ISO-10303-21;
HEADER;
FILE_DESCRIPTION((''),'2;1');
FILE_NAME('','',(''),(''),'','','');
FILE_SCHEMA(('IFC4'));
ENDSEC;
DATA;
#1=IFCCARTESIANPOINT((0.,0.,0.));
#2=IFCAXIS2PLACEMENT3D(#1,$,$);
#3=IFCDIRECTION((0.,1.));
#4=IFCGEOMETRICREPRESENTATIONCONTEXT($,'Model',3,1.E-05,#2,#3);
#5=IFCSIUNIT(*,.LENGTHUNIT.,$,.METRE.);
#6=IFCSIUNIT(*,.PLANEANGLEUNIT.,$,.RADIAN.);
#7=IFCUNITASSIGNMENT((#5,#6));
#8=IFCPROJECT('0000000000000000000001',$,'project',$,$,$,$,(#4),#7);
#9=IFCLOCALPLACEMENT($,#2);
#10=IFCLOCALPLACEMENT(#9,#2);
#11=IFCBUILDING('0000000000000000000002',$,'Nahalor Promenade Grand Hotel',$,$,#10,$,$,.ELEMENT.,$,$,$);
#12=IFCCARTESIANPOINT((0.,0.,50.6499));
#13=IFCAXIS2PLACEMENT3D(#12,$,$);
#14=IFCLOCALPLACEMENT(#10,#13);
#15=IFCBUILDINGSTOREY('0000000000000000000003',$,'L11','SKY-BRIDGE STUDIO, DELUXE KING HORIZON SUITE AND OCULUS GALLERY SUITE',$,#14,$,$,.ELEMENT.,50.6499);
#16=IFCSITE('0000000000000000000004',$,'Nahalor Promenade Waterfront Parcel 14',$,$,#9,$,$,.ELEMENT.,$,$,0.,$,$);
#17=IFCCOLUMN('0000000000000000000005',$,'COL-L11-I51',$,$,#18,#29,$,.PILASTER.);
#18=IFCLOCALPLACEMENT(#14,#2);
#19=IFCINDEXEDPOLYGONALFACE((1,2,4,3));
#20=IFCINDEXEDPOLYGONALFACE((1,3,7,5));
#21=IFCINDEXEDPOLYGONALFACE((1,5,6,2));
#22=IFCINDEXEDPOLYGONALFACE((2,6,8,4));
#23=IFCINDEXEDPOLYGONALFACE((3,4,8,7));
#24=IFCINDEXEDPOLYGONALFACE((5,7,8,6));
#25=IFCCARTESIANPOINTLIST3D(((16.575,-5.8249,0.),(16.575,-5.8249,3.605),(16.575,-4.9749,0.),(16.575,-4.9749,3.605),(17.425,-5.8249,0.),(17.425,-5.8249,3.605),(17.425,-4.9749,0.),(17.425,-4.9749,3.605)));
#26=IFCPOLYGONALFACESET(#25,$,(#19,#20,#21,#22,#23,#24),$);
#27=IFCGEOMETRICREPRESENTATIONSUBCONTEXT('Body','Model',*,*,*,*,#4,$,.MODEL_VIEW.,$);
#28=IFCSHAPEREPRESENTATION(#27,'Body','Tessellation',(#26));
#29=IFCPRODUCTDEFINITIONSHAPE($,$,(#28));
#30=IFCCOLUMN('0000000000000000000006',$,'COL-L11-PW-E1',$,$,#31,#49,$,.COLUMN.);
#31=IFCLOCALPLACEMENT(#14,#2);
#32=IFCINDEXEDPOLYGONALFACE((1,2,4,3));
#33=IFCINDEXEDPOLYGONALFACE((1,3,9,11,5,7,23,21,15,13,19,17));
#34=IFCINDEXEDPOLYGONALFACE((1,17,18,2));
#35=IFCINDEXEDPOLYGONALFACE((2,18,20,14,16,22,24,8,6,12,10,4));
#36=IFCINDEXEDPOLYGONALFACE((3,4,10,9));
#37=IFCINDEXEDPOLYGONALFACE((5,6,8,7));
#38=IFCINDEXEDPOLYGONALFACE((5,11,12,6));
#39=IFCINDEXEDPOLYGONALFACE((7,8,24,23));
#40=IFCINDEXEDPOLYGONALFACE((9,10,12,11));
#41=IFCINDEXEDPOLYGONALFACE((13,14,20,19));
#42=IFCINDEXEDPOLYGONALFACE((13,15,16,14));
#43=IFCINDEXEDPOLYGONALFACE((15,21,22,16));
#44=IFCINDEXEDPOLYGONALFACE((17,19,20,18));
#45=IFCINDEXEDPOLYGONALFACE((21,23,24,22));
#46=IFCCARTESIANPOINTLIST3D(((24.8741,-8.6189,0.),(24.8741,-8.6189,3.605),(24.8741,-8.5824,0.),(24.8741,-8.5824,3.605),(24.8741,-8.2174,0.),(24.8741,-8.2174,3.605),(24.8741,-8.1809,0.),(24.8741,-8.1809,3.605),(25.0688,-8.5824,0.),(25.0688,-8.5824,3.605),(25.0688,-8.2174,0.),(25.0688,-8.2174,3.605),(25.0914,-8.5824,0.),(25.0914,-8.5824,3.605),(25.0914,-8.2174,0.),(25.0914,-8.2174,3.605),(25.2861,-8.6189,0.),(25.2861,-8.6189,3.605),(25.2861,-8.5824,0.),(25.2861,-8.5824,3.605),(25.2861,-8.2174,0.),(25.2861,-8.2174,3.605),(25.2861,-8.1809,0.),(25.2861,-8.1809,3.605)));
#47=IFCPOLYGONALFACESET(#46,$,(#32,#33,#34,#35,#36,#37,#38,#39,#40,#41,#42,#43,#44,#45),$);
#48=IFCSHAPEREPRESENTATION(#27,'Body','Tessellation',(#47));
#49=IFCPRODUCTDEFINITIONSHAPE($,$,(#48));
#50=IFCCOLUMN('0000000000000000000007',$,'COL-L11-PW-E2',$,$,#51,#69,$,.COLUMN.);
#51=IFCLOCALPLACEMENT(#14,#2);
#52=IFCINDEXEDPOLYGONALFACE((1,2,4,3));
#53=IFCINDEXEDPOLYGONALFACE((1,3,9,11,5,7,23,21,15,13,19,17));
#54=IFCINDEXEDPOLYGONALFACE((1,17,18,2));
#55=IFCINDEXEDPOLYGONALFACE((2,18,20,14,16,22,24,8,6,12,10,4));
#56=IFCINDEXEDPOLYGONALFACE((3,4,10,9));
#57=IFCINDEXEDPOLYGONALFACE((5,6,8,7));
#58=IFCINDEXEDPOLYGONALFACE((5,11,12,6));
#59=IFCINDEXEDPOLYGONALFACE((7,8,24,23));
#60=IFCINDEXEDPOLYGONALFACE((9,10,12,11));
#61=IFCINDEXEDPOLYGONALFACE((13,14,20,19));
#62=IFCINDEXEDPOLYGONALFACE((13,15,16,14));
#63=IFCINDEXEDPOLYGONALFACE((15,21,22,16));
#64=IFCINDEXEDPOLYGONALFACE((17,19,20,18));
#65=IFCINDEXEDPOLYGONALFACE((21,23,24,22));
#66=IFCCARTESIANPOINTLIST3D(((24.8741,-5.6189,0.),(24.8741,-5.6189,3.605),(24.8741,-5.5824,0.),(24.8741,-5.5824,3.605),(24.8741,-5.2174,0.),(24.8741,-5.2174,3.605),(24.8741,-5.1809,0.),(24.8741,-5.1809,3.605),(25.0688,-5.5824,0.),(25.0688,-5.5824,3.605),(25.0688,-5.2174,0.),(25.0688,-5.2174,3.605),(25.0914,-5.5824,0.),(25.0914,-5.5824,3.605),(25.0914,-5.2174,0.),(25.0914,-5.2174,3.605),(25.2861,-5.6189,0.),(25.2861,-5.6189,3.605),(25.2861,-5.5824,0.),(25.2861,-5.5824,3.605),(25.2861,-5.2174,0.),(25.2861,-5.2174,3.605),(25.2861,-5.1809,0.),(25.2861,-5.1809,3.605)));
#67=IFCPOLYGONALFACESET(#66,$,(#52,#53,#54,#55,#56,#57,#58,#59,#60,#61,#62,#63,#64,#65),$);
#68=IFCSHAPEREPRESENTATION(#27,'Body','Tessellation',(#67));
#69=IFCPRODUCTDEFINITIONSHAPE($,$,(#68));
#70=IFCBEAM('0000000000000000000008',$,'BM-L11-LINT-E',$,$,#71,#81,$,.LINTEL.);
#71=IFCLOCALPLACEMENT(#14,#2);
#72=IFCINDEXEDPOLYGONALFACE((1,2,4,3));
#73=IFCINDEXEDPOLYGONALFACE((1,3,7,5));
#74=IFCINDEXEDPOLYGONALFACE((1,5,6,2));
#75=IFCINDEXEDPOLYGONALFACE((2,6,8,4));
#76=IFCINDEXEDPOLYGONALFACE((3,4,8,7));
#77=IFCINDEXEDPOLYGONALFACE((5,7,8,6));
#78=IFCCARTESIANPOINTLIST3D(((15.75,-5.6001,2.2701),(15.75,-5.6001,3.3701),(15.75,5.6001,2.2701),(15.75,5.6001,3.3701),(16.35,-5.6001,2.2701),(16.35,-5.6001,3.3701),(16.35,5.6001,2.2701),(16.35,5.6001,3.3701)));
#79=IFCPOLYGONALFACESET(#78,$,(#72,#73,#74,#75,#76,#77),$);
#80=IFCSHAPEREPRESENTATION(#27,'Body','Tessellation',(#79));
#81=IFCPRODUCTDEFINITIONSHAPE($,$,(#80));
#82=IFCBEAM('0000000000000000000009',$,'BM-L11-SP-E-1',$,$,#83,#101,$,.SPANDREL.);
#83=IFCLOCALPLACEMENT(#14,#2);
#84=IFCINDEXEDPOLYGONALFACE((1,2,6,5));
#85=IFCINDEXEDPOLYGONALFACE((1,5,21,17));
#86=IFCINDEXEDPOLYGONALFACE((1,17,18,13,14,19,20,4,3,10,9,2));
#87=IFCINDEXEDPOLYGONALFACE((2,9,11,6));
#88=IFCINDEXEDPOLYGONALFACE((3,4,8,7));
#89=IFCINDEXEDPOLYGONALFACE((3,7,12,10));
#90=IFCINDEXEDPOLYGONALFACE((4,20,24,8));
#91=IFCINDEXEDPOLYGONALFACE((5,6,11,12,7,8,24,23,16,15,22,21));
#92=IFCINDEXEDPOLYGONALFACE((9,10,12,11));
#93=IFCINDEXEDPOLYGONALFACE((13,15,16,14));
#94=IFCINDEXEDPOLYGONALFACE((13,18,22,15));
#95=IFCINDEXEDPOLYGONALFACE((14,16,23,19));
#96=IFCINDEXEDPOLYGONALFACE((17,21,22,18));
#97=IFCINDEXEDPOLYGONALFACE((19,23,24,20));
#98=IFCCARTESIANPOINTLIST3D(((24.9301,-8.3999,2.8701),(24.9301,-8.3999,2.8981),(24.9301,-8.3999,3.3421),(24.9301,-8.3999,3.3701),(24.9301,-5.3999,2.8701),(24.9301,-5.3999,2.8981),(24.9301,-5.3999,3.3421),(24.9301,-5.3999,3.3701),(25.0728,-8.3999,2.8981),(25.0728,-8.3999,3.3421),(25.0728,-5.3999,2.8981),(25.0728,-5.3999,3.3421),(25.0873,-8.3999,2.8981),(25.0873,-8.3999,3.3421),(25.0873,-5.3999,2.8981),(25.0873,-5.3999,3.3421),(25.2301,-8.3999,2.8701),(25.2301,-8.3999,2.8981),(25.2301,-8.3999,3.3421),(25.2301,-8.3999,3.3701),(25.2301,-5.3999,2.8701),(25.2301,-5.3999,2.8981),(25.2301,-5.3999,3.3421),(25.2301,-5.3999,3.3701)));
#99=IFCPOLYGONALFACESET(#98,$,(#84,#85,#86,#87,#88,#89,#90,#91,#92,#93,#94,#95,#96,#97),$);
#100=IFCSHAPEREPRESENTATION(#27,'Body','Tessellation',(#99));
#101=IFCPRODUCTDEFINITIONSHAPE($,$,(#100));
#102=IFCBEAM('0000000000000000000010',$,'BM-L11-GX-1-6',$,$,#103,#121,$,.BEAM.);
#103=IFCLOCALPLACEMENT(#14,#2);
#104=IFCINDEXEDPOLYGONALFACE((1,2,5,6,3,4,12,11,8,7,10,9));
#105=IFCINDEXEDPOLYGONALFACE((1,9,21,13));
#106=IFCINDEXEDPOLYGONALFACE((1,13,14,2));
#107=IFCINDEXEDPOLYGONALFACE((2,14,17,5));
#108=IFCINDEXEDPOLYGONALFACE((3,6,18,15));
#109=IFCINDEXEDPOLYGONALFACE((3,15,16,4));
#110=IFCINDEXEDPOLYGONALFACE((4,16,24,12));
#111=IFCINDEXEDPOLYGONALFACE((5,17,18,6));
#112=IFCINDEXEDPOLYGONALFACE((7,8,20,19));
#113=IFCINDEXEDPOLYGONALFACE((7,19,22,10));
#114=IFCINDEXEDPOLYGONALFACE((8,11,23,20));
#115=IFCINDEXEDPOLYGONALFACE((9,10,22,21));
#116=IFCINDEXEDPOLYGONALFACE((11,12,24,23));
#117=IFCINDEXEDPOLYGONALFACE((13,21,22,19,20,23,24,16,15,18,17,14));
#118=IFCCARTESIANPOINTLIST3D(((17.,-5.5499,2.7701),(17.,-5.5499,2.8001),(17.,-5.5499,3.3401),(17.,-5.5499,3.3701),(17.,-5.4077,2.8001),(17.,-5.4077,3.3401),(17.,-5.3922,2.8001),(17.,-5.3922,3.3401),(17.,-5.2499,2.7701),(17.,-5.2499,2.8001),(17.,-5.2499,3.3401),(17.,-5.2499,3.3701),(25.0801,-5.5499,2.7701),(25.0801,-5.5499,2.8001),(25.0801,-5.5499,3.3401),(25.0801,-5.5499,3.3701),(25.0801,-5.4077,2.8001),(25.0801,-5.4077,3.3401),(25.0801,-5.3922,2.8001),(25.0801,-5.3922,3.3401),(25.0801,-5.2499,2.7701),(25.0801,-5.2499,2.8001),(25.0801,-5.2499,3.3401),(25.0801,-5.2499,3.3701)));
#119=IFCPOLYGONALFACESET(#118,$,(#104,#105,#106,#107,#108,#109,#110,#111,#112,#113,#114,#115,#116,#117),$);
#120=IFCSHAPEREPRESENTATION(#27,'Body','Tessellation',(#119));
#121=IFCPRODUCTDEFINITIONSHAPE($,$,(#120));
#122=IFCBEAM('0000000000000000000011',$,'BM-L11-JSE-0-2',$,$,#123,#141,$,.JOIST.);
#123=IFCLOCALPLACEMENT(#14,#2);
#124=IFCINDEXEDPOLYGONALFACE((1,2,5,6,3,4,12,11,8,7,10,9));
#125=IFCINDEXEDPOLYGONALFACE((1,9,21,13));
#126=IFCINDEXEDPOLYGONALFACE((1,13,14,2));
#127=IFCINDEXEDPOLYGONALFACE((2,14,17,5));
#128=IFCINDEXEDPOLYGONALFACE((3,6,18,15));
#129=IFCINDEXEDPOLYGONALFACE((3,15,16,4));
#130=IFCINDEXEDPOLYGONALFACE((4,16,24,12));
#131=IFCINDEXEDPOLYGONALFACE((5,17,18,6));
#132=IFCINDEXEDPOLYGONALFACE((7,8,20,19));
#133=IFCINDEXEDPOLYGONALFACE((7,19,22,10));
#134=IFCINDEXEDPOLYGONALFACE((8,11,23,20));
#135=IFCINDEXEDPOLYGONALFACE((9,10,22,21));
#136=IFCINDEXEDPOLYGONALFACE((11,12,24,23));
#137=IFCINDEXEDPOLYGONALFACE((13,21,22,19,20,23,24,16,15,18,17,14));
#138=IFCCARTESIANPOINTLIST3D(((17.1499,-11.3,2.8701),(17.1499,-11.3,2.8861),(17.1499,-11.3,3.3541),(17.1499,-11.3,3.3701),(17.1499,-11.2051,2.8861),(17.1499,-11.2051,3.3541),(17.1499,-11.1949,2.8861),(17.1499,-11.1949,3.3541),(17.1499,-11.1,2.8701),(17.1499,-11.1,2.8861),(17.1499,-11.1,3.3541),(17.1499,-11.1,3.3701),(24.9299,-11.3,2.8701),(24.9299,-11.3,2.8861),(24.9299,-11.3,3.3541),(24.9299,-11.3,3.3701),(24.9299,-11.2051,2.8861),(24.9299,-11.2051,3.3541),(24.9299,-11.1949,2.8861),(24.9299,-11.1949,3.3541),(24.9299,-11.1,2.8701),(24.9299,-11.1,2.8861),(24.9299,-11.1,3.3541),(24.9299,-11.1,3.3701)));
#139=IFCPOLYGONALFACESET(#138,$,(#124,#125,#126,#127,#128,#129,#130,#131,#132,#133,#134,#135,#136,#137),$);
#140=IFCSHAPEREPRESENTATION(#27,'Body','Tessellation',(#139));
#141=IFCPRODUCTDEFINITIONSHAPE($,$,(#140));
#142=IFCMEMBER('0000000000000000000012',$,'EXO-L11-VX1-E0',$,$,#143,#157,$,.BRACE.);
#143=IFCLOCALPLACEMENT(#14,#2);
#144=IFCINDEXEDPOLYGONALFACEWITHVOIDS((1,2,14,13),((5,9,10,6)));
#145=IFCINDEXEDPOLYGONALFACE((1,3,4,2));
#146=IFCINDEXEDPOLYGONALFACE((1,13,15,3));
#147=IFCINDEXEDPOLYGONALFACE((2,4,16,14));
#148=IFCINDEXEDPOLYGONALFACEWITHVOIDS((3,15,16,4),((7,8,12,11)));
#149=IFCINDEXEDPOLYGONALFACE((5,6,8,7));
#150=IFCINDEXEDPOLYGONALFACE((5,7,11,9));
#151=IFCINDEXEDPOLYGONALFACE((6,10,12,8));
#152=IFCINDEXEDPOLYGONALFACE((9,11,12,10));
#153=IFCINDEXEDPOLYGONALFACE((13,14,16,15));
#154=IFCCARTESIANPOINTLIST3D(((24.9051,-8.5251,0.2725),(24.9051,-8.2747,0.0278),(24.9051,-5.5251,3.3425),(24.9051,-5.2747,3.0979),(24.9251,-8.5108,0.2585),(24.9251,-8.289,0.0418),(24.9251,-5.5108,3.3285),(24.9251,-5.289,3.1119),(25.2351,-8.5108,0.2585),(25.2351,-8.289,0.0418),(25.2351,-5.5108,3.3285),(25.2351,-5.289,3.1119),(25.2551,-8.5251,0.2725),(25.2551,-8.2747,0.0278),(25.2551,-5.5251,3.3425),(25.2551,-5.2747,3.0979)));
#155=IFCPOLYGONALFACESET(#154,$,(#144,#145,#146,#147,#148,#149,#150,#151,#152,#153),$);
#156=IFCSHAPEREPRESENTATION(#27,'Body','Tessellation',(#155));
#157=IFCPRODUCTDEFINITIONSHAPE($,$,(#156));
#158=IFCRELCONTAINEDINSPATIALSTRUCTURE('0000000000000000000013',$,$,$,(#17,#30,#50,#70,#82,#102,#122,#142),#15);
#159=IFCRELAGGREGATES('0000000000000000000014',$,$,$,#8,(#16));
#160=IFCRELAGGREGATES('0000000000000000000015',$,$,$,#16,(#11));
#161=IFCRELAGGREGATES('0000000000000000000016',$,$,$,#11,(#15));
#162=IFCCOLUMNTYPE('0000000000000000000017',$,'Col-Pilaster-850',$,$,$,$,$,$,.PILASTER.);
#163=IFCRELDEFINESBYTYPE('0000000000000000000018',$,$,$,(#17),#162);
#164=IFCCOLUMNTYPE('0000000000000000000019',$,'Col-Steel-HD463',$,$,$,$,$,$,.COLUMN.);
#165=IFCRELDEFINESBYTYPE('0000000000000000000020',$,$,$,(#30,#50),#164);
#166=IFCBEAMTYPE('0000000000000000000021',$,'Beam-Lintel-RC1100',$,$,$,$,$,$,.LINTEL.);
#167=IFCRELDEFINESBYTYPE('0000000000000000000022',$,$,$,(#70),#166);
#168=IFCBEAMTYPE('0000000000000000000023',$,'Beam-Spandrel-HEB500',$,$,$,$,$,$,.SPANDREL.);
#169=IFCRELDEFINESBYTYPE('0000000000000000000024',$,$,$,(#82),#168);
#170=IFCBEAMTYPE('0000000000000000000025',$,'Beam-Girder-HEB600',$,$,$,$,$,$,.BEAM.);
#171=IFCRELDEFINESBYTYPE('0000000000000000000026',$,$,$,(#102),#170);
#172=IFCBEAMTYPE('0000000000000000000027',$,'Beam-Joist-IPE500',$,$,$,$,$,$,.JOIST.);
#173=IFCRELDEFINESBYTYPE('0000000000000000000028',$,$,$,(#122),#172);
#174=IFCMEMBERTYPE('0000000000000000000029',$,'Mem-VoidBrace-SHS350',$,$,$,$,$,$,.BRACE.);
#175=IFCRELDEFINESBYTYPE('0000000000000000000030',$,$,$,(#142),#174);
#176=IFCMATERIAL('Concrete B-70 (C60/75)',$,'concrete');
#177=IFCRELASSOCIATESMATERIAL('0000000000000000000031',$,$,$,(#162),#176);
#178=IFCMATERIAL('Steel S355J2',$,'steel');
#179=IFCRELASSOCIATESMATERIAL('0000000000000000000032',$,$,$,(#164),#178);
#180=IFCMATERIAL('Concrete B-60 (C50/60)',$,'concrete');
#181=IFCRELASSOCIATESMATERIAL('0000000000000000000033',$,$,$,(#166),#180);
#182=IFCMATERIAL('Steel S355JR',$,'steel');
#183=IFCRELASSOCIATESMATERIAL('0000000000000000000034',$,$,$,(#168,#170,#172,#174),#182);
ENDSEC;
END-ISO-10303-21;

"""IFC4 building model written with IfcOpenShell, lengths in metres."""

from ifc_helpers import new_model, si_unit, direction, frame, origin, origin_2d, place, context, subcontext, project, spatial, rectangle, hollow_rectangle, i_section, extrude, source, transform, mapped, material, material_profile, profile_set, type_object, element, save


model = new_model("IFC4")

# Units and contexts
model_context = context("Model", 3, precision=1e-05, world=origin(), true_north=direction((0.0, 1.0)))
body_context = subcontext(model_context, "Body", "Model", "MODEL_VIEW")
ifc_project = project(units=[si_unit("LENGTHUNIT", "METRE"), si_unit("PLANEANGLEUNIT", "RADIAN")], contexts=[model_context])

# Site, building, storey
site_placement = place(None, origin())
site = spatial("IfcSite", under=ifc_project, at=site_placement, Name="Nahalor Promenade Waterfront Parcel 14", CompositionType="ELEMENT", RefElevation=0.0)
building_placement = place(site_placement, origin())
building = spatial("IfcBuilding", under=site, at=building_placement, Name="Nahalor Promenade Grand Hotel", CompositionType="ELEMENT")
storey_placement = place(building_placement, frame((0.0, 0.0, 50.6499)))
storey = spatial("IfcBuildingStorey", under=building, at=storey_placement, Name="L11", Description="SKY-BRIDGE STUDIO, DELUXE KING HORIZON SUITE AND OCULUS GALLERY SUITE", CompositionType="ELEMENT", Elevation=50.6499)

# Columns
ifc_material_1 = material(Name="Concrete B-70 (C60/75)", Category="concrete")
ifc_material_profile_1 = material_profile(ifc_material_1, rectangle(XDim=0.85, YDim=0.85, at=origin_2d()), Name="RC 850x850")
ifc_profile_set_1 = profile_set([ifc_material_profile_1], Name="Concrete B-70 (C60/75)")
column_type_1 = type_object("IfcColumnType", Name="Col-Pilaster-850", PredefinedType="PILASTER", material=ifc_profile_set_1)
shared_shape_1 = source(origin(), body_context, "Body", "SweptSolid", [
    extrude(rectangle(XDim=0.85, YDim=0.85, at=origin_2d()), origin(), (0.0, 0.0, 1.0), 3.605),
])
column_placement = place(storey_placement, frame((17.0, -5.3999, 0.0), z_axis=(0.0, 0.0, 1.0), x_axis=(1.0, 0.0, 0.0)))
element("IfcColumn", 1, at=column_placement, inside=storey, type_object=column_type_1, Name="COL-L11-I51", PredefinedType="PILASTER", context=body_context, shape_type="MappedRepresentation", body=[
    mapped(shared_shape_1, transform((0.0, 0.0, 0.0), scale=1.0)),
])
ifc_material_2 = material(Name="Steel S355J2", Category="steel")
ifc_material_profile_2 = material_profile(ifc_material_2, i_section(OverallWidth=0.412, OverallDepth=0.438, WebThickness=0.0226, FlangeThickness=0.0365, at=origin_2d()), Name="HD 400x463")
ifc_profile_set_2 = profile_set([ifc_material_profile_2], Name="Steel S355J2")
column_type_2 = type_object("IfcColumnType", Name="Col-Steel-HD463", PredefinedType="COLUMN", material=ifc_profile_set_2)
shared_shape_2 = source(origin(), body_context, "Body", "SweptSolid", [
    extrude(i_section(OverallWidth=0.412, OverallDepth=0.438, WebThickness=0.0226, FlangeThickness=0.0365, at=origin_2d()), origin(), (0.0, 0.0, 1.0), 3.605),
])
for number, where, z_axis, x_axis, name in (
    (2, (25.0801, -8.3999, 0.0), (0.0, 0.0, 1.0), (1.0, 0.0, 0.0), "COL-L11-PW-E1"),
    (3, (25.0801, -5.3999, 0.0), (0.0, 0.0, 1.0), (1.0, 0.0, 0.0), "COL-L11-PW-E2"),
):
    element("IfcColumn", number, at=place(storey_placement, frame(where, z_axis=z_axis, x_axis=x_axis)), inside=storey, type_object=column_type_2, Name=name, PredefinedType="COLUMN", context=body_context, shape_type="MappedRepresentation", body=[
        mapped(shared_shape_2, transform((0.0, 0.0, 0.0), scale=1.0)),
    ])

# Beams
ifc_material_3 = material(Name="Concrete B-60 (C50/60)", Category="concrete")
ifc_material_profile_3 = material_profile(ifc_material_3, rectangle(XDim=0.6, YDim=1.1, at=origin_2d()), Name="RC 600x1100")
ifc_profile_set_3 = profile_set([ifc_material_profile_3], Name="Concrete B-60 (C50/60)")
beam_type_1 = type_object("IfcBeamType", Name="Beam-Lintel-RC1100", PredefinedType="LINTEL", material=ifc_profile_set_3)
shared_shape_3 = source(origin(), body_context, "Body", "SweptSolid", [
    extrude(rectangle(XDim=0.6, YDim=1.1, at=origin_2d()), origin(), (0.0, 0.0, 1.0), 11.2002),
])
beam_1_placement = place(storey_placement, frame((16.05, -5.6001, 2.8201), z_axis=(0.0, 1.0, 0.0), x_axis=(-1.0, 0.0, 0.0)))
element("IfcBeam", 4, at=beam_1_placement, inside=storey, type_object=beam_type_1, Name="BM-L11-LINT-E", PredefinedType="LINTEL", context=body_context, shape_type="MappedRepresentation", body=[
    mapped(shared_shape_3, transform((0.0, 0.0, 0.0), scale=1.0)),
])
ifc_material_4 = material(Name="Steel S355JR", Category="steel")
ifc_material_profile_4 = material_profile(ifc_material_4, i_section(OverallWidth=0.3, OverallDepth=0.5, WebThickness=0.0145, FlangeThickness=0.028, at=origin_2d()), Name="HEB 500")
ifc_profile_set_4 = profile_set([ifc_material_profile_4], Name="Steel S355JR")
beam_type_2 = type_object("IfcBeamType", Name="Beam-Spandrel-HEB500", PredefinedType="SPANDREL", material=ifc_profile_set_4)
shared_shape_4 = source(origin(), body_context, "Body", "SweptSolid", [
    extrude(i_section(OverallWidth=0.3, OverallDepth=0.5, WebThickness=0.0145, FlangeThickness=0.028, at=origin_2d()), origin(), (0.0, 0.0, 1.0), 3.0),
])
beam_2_placement = place(storey_placement, frame((25.0801, -8.3999, 3.1201), z_axis=(0.0, 1.0, 0.0), x_axis=(-1.0, 0.0, 0.0)))
element("IfcBeam", 5, at=beam_2_placement, inside=storey, type_object=beam_type_2, Name="BM-L11-SP-E-1", PredefinedType="SPANDREL", context=body_context, shape_type="MappedRepresentation", body=[
    mapped(shared_shape_4, transform((0.0, 0.0, 0.0), scale=1.0)),
])
ifc_material_profile_5 = material_profile(ifc_material_4, i_section(OverallWidth=0.3, OverallDepth=0.6, WebThickness=0.0155, FlangeThickness=0.03, at=origin_2d()), Name="HEB 600")
ifc_profile_set_5 = profile_set([ifc_material_profile_5], Name="Steel S355JR")
beam_type_3 = type_object("IfcBeamType", Name="Beam-Girder-HEB600", PredefinedType="BEAM", material=ifc_profile_set_5)
shared_shape_5 = source(origin(), body_context, "Body", "SweptSolid", [
    extrude(i_section(OverallWidth=0.3, OverallDepth=0.6, WebThickness=0.0155, FlangeThickness=0.03, at=origin_2d()), origin(), (0.0, 0.0, 1.0), 8.0801),
])
beam_3_placement = place(storey_placement, frame((17.0, -5.3999, 3.0701), z_axis=(1.0, 0.0, 0.0), x_axis=(0.0, 1.0, 0.0)))
element("IfcBeam", 6, at=beam_3_placement, inside=storey, type_object=beam_type_3, Name="BM-L11-GX-1-6", PredefinedType="BEAM", context=body_context, shape_type="MappedRepresentation", body=[
    mapped(shared_shape_5, transform((0.0, 0.0, 0.0), scale=1.0)),
])
ifc_material_profile_6 = material_profile(ifc_material_4, i_section(OverallWidth=0.2, OverallDepth=0.5, WebThickness=0.0102, FlangeThickness=0.016, at=origin_2d()), Name="IPE 500")
ifc_profile_set_6 = profile_set([ifc_material_profile_6], Name="Steel S355JR")
beam_type_4 = type_object("IfcBeamType", Name="Beam-Joist-IPE500", PredefinedType="JOIST", material=ifc_profile_set_6)
shared_shape_6 = source(origin(), body_context, "Body", "SweptSolid", [
    extrude(i_section(OverallWidth=0.2, OverallDepth=0.5, WebThickness=0.0102, FlangeThickness=0.016, at=origin_2d()), origin(), (0.0, 0.0, 1.0), 7.78),
])
beam_4_placement = place(storey_placement, frame((17.1499, -11.2, 3.1201), z_axis=(1.0, 0.0, 0.0), x_axis=(0.0, 1.0, 0.0)))
element("IfcBeam", 7, at=beam_4_placement, inside=storey, type_object=beam_type_4, Name="BM-L11-JSE-0-2", PredefinedType="JOIST", context=body_context, shape_type="MappedRepresentation", body=[
    mapped(shared_shape_6, transform((0.0, 0.0, 0.0), scale=1.0)),
])

# Member
ifc_material_profile_7 = material_profile(ifc_material_4, hollow_rectangle(XDim=0.35, YDim=0.35, WallThickness=0.02, at=origin_2d()), Name="SHS 350x350x20")
ifc_profile_set_7 = profile_set([ifc_material_profile_7], Name="Steel S355JR")
member_type_1 = type_object("IfcMemberType", Name="Mem-VoidBrace-SHS350", PredefinedType="BRACE", material=ifc_profile_set_7)
shared_shape_7 = source(origin(), body_context, "Body", "SweptSolid", [
    extrude(hollow_rectangle(XDim=0.35, YDim=0.35, WallThickness=0.02, at=origin_2d()), origin(), (0.0, 0.0, 1.0), 4.2925),
])
member_1_placement = place(storey_placement, frame((25.0801, -8.3999, 0.1501), z_axis=(0.0, 0.698898, 0.715221), x_axis=(-1.0, 0.0, 0.0)))
element("IfcMember", 8, at=member_1_placement, inside=storey, type_object=member_type_1, Name="EXO-L11-VX1-E0", PredefinedType="BRACE", context=body_context, shape_type="MappedRepresentation", body=[
    mapped(shared_shape_7, transform((0.0, 0.0, 0.0), scale=1.0)),
])

save(model, "model.ifc")
